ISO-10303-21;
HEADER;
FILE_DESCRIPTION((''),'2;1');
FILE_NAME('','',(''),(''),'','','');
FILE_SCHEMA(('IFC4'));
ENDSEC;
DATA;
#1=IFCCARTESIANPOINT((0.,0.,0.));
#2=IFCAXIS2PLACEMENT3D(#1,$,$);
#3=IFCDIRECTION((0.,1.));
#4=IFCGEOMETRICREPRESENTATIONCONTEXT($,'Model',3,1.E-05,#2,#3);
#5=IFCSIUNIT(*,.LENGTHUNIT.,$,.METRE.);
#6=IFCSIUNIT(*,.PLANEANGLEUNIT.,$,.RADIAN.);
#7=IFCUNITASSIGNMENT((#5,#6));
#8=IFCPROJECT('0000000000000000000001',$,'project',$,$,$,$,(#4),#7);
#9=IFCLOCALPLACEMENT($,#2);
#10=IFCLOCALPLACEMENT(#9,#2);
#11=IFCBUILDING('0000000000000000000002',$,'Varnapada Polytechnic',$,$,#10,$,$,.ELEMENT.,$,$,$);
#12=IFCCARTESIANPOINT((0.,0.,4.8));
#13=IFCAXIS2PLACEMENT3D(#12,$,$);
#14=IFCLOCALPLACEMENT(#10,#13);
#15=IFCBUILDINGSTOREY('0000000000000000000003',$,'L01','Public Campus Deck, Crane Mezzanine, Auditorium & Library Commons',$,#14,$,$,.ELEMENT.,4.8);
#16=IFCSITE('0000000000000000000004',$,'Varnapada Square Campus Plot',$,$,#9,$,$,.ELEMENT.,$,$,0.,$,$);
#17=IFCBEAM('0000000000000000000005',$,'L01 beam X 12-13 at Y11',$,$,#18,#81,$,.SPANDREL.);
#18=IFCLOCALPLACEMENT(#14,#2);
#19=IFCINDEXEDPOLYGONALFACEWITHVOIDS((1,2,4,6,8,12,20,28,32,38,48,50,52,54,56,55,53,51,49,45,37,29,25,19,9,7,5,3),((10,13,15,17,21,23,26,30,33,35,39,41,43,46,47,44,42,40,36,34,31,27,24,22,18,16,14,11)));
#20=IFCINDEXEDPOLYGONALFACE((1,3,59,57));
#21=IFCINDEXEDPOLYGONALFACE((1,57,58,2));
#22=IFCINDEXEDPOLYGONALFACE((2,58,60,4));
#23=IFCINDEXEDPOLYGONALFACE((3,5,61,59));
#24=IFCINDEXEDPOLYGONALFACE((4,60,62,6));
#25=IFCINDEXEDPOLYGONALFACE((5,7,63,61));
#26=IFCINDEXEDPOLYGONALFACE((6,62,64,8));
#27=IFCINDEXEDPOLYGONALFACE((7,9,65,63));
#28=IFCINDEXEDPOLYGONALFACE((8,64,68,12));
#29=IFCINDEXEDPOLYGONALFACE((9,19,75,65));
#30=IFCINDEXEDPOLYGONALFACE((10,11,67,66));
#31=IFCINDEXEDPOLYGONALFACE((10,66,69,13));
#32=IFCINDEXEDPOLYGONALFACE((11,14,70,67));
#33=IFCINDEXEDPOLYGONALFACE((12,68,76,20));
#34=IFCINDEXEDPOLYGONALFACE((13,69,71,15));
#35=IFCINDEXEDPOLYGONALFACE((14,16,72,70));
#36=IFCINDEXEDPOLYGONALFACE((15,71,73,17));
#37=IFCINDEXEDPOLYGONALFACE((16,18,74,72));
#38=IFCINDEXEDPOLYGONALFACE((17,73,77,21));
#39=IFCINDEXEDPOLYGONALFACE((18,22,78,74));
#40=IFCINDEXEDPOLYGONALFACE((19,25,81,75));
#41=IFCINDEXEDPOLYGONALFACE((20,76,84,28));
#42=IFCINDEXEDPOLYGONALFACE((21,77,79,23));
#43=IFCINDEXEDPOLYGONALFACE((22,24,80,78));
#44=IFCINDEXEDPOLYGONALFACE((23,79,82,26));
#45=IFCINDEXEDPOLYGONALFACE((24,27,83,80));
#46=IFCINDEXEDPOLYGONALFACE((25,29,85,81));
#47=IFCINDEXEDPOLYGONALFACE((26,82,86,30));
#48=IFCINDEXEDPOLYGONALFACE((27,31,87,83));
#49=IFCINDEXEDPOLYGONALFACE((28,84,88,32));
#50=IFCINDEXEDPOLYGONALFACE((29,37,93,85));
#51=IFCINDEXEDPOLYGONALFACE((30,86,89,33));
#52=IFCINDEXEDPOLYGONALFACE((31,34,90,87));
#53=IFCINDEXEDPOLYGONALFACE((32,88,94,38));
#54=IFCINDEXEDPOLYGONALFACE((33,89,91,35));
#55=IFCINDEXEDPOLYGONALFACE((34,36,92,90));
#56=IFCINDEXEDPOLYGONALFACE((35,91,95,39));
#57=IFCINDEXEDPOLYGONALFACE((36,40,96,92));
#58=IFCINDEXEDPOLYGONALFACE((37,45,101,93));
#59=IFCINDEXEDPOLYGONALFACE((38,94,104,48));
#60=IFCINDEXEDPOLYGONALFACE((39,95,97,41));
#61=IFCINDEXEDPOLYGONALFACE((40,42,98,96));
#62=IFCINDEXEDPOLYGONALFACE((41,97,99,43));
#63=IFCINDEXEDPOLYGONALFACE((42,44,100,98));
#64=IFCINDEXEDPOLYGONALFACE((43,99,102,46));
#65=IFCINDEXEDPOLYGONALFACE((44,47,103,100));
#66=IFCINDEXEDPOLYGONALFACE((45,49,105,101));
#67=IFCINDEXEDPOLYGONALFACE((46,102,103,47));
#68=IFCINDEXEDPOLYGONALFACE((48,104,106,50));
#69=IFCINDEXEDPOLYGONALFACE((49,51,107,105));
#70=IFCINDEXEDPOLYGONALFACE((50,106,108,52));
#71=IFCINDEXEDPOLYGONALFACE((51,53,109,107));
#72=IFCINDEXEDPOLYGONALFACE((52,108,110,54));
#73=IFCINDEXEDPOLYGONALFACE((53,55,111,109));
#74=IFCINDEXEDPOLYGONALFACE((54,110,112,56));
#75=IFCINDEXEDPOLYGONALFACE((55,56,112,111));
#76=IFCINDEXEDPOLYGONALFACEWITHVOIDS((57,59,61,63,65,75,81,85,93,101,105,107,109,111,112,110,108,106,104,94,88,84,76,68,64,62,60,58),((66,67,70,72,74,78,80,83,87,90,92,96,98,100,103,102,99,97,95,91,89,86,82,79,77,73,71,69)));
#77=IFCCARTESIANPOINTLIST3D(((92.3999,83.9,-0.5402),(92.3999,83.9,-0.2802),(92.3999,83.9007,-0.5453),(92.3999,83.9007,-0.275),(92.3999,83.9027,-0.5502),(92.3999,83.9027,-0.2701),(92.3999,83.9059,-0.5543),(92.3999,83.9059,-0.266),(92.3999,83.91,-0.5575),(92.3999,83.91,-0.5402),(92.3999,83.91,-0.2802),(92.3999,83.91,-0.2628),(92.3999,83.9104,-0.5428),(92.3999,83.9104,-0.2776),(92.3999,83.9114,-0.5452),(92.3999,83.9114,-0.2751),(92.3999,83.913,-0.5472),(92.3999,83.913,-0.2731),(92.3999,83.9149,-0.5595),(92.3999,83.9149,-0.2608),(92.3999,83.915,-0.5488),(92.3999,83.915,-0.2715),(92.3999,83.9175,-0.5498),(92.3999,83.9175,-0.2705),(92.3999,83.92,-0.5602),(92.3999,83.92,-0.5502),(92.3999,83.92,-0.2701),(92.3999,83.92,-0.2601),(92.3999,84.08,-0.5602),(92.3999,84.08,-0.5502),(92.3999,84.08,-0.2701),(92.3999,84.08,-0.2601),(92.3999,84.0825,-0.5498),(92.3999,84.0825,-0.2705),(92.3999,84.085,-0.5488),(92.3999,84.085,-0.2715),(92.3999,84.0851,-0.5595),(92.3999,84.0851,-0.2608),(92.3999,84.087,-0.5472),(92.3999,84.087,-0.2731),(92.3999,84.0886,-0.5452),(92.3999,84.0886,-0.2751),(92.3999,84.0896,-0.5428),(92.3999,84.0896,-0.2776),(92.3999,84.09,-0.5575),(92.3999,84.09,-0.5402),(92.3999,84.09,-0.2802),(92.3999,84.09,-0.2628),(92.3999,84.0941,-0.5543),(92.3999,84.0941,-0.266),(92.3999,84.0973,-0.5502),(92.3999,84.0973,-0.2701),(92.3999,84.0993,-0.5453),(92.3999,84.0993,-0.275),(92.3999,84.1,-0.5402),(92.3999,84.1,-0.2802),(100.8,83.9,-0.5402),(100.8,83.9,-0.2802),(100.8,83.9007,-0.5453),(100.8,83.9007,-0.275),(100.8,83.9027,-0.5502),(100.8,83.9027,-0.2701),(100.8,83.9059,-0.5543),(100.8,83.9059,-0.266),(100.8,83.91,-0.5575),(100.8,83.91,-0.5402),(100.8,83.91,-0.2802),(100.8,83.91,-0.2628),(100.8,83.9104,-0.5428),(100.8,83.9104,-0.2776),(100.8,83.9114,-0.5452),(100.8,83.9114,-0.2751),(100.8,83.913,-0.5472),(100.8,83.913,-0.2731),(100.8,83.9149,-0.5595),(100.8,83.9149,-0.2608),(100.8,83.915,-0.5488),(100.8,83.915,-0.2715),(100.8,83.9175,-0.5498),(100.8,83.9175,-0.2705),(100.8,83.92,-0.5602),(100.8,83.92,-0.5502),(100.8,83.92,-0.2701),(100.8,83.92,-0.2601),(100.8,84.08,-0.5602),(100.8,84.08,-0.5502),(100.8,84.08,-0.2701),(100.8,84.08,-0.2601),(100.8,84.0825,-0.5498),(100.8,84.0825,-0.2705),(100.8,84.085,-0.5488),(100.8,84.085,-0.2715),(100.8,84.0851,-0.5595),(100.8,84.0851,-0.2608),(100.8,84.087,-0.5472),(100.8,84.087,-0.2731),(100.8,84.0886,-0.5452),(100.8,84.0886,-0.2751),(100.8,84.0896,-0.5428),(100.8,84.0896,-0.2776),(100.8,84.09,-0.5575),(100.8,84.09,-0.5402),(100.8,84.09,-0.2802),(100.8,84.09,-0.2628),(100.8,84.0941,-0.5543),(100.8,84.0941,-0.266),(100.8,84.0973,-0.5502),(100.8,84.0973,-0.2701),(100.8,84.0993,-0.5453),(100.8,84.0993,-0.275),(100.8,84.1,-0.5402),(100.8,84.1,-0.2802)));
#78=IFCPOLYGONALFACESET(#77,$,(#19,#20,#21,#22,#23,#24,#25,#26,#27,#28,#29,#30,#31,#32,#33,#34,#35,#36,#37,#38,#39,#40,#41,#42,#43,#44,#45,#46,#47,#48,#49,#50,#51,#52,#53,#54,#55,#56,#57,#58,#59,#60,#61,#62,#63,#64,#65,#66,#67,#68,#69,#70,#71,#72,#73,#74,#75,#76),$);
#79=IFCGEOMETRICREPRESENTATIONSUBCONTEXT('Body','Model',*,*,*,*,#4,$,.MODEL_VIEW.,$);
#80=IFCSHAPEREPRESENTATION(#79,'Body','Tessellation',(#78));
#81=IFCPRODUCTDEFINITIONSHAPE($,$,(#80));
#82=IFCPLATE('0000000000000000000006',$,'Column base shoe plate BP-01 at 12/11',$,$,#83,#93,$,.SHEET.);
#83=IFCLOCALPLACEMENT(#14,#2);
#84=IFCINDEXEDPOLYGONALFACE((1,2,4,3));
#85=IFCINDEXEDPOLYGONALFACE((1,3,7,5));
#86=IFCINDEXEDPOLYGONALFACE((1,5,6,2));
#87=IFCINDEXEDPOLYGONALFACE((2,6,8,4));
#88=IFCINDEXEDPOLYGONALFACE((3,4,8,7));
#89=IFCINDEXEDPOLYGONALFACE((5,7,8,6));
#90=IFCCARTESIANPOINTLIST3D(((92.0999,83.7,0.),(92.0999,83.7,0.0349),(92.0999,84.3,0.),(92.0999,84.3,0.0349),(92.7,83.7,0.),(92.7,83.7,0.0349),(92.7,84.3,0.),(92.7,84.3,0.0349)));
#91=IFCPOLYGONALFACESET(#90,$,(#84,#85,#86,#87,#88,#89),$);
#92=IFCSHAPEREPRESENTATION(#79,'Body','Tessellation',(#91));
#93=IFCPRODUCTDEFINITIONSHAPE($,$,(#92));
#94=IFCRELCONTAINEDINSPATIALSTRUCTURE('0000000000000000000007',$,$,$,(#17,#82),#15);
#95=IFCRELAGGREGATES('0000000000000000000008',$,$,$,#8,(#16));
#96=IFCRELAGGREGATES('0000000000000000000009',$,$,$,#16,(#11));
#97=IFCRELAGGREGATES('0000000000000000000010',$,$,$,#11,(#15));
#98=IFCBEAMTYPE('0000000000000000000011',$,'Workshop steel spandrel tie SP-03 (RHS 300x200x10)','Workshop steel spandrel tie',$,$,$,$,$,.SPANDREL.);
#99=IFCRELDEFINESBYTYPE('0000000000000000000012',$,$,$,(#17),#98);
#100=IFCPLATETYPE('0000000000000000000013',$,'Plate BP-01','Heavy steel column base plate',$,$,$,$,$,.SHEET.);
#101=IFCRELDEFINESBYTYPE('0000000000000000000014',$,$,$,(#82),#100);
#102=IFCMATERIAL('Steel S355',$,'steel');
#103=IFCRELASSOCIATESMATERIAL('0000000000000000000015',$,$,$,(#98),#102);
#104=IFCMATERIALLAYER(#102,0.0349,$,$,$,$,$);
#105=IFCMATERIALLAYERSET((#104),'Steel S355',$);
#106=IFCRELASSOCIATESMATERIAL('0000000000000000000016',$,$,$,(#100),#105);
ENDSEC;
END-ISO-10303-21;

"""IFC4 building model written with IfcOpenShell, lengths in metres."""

from ifc_helpers import new_model, si_unit, direction, frame, origin, origin_2d, place, context, subcontext, project, spatial, rectangle, hollow_rectangle, extrude, material, layer, layer_set, material_profile, profile_set, type_object, element, save


model = new_model("IFC4")

# Units and contexts
model_context = context("Model", 3, precision=1e-05, world=origin(), true_north=direction((0.0, 1.0)))
body_context = subcontext(model_context, "Body", "Model", "MODEL_VIEW")
ifc_project = project(units=[si_unit("LENGTHUNIT", "METRE"), si_unit("PLANEANGLEUNIT", "RADIAN")], contexts=[model_context])

# Site, building, storey
site_placement = place(None, origin())
site = spatial("IfcSite", under=ifc_project, at=site_placement, Name="Varnapada Square Campus Plot", CompositionType="ELEMENT", RefElevation=0.0)
building_placement = place(site_placement, origin())
building = spatial("IfcBuilding", under=site, at=building_placement, Name="Varnapada Polytechnic", CompositionType="ELEMENT")
storey_placement = place(building_placement, frame((0.0, 0.0, 4.8)))
storey = spatial("IfcBuildingStorey", under=building, at=storey_placement, Name="L01", Description="Public Campus Deck, Crane Mezzanine, Auditorium & Library Commons", CompositionType="ELEMENT", Elevation=4.8)

# Shared definitions
ifc_material_1 = material(Name="Steel S355", Category="steel")

# Beam
ifc_material_profile_1 = material_profile(ifc_material_1, hollow_rectangle(XDim=0.2, YDim=0.3, WallThickness=0.01, InnerFilletRadius=0.01, OuterFilletRadius=0.02, at=origin_2d()), Name="RHS 300x200x10")
ifc_profile_set_1 = profile_set([ifc_material_profile_1], Name="Steel S355")
beam_type_1 = type_object("IfcBeamType", Name="Workshop steel spandrel tie SP-03 (RHS 300x200x10)", Description="Workshop steel spandrel tie", PredefinedType="SPANDREL", material=ifc_profile_set_1)
beam_1_placement = place(storey_placement, frame((92.3999, 84.0, -0.4102), z_axis=(1.0, 0.0, 0.0), x_axis=(0.0, 1.0, 0.0)))
element("IfcBeam", 1, at=beam_1_placement, inside=storey, type_object=beam_type_1, Name="L01 beam X 12-13 at Y11", PredefinedType="SPANDREL", context=body_context, shape_type="SweptSolid", body=[
    extrude(hollow_rectangle(XDim=0.2, YDim=0.3, WallThickness=0.01, InnerFilletRadius=0.01, OuterFilletRadius=0.02, at=origin_2d()), origin(), (0.0, 0.0, 1.0), 8.4001),
])

# Plate
ifc_layer_1 = layer(ifc_material_1, 0.0349)
ifc_layer_set_1 = layer_set([ifc_layer_1], Name="Steel S355")
plate_type = type_object("IfcPlateType", Name="Plate BP-01", Description="Heavy steel column base plate", PredefinedType="SHEET", material=ifc_layer_set_1)
plate_placement = place(storey_placement, frame((92.3999, 84.0, 0.0), z_axis=(0.0, 0.0, 1.0), x_axis=(1.0, 0.0, 0.0)))
element("IfcPlate", 2, at=plate_placement, inside=storey, type_object=plate_type, Name="Column base shoe plate BP-01 at 12/11", PredefinedType="SHEET", context=body_context, shape_type="SweptSolid", body=[
    extrude(rectangle(XDim=0.6001, YDim=0.6001, at=origin_2d()), origin(), (0.0, 0.0, 1.0), 0.0349),
])

save(model, "model.ifc")
